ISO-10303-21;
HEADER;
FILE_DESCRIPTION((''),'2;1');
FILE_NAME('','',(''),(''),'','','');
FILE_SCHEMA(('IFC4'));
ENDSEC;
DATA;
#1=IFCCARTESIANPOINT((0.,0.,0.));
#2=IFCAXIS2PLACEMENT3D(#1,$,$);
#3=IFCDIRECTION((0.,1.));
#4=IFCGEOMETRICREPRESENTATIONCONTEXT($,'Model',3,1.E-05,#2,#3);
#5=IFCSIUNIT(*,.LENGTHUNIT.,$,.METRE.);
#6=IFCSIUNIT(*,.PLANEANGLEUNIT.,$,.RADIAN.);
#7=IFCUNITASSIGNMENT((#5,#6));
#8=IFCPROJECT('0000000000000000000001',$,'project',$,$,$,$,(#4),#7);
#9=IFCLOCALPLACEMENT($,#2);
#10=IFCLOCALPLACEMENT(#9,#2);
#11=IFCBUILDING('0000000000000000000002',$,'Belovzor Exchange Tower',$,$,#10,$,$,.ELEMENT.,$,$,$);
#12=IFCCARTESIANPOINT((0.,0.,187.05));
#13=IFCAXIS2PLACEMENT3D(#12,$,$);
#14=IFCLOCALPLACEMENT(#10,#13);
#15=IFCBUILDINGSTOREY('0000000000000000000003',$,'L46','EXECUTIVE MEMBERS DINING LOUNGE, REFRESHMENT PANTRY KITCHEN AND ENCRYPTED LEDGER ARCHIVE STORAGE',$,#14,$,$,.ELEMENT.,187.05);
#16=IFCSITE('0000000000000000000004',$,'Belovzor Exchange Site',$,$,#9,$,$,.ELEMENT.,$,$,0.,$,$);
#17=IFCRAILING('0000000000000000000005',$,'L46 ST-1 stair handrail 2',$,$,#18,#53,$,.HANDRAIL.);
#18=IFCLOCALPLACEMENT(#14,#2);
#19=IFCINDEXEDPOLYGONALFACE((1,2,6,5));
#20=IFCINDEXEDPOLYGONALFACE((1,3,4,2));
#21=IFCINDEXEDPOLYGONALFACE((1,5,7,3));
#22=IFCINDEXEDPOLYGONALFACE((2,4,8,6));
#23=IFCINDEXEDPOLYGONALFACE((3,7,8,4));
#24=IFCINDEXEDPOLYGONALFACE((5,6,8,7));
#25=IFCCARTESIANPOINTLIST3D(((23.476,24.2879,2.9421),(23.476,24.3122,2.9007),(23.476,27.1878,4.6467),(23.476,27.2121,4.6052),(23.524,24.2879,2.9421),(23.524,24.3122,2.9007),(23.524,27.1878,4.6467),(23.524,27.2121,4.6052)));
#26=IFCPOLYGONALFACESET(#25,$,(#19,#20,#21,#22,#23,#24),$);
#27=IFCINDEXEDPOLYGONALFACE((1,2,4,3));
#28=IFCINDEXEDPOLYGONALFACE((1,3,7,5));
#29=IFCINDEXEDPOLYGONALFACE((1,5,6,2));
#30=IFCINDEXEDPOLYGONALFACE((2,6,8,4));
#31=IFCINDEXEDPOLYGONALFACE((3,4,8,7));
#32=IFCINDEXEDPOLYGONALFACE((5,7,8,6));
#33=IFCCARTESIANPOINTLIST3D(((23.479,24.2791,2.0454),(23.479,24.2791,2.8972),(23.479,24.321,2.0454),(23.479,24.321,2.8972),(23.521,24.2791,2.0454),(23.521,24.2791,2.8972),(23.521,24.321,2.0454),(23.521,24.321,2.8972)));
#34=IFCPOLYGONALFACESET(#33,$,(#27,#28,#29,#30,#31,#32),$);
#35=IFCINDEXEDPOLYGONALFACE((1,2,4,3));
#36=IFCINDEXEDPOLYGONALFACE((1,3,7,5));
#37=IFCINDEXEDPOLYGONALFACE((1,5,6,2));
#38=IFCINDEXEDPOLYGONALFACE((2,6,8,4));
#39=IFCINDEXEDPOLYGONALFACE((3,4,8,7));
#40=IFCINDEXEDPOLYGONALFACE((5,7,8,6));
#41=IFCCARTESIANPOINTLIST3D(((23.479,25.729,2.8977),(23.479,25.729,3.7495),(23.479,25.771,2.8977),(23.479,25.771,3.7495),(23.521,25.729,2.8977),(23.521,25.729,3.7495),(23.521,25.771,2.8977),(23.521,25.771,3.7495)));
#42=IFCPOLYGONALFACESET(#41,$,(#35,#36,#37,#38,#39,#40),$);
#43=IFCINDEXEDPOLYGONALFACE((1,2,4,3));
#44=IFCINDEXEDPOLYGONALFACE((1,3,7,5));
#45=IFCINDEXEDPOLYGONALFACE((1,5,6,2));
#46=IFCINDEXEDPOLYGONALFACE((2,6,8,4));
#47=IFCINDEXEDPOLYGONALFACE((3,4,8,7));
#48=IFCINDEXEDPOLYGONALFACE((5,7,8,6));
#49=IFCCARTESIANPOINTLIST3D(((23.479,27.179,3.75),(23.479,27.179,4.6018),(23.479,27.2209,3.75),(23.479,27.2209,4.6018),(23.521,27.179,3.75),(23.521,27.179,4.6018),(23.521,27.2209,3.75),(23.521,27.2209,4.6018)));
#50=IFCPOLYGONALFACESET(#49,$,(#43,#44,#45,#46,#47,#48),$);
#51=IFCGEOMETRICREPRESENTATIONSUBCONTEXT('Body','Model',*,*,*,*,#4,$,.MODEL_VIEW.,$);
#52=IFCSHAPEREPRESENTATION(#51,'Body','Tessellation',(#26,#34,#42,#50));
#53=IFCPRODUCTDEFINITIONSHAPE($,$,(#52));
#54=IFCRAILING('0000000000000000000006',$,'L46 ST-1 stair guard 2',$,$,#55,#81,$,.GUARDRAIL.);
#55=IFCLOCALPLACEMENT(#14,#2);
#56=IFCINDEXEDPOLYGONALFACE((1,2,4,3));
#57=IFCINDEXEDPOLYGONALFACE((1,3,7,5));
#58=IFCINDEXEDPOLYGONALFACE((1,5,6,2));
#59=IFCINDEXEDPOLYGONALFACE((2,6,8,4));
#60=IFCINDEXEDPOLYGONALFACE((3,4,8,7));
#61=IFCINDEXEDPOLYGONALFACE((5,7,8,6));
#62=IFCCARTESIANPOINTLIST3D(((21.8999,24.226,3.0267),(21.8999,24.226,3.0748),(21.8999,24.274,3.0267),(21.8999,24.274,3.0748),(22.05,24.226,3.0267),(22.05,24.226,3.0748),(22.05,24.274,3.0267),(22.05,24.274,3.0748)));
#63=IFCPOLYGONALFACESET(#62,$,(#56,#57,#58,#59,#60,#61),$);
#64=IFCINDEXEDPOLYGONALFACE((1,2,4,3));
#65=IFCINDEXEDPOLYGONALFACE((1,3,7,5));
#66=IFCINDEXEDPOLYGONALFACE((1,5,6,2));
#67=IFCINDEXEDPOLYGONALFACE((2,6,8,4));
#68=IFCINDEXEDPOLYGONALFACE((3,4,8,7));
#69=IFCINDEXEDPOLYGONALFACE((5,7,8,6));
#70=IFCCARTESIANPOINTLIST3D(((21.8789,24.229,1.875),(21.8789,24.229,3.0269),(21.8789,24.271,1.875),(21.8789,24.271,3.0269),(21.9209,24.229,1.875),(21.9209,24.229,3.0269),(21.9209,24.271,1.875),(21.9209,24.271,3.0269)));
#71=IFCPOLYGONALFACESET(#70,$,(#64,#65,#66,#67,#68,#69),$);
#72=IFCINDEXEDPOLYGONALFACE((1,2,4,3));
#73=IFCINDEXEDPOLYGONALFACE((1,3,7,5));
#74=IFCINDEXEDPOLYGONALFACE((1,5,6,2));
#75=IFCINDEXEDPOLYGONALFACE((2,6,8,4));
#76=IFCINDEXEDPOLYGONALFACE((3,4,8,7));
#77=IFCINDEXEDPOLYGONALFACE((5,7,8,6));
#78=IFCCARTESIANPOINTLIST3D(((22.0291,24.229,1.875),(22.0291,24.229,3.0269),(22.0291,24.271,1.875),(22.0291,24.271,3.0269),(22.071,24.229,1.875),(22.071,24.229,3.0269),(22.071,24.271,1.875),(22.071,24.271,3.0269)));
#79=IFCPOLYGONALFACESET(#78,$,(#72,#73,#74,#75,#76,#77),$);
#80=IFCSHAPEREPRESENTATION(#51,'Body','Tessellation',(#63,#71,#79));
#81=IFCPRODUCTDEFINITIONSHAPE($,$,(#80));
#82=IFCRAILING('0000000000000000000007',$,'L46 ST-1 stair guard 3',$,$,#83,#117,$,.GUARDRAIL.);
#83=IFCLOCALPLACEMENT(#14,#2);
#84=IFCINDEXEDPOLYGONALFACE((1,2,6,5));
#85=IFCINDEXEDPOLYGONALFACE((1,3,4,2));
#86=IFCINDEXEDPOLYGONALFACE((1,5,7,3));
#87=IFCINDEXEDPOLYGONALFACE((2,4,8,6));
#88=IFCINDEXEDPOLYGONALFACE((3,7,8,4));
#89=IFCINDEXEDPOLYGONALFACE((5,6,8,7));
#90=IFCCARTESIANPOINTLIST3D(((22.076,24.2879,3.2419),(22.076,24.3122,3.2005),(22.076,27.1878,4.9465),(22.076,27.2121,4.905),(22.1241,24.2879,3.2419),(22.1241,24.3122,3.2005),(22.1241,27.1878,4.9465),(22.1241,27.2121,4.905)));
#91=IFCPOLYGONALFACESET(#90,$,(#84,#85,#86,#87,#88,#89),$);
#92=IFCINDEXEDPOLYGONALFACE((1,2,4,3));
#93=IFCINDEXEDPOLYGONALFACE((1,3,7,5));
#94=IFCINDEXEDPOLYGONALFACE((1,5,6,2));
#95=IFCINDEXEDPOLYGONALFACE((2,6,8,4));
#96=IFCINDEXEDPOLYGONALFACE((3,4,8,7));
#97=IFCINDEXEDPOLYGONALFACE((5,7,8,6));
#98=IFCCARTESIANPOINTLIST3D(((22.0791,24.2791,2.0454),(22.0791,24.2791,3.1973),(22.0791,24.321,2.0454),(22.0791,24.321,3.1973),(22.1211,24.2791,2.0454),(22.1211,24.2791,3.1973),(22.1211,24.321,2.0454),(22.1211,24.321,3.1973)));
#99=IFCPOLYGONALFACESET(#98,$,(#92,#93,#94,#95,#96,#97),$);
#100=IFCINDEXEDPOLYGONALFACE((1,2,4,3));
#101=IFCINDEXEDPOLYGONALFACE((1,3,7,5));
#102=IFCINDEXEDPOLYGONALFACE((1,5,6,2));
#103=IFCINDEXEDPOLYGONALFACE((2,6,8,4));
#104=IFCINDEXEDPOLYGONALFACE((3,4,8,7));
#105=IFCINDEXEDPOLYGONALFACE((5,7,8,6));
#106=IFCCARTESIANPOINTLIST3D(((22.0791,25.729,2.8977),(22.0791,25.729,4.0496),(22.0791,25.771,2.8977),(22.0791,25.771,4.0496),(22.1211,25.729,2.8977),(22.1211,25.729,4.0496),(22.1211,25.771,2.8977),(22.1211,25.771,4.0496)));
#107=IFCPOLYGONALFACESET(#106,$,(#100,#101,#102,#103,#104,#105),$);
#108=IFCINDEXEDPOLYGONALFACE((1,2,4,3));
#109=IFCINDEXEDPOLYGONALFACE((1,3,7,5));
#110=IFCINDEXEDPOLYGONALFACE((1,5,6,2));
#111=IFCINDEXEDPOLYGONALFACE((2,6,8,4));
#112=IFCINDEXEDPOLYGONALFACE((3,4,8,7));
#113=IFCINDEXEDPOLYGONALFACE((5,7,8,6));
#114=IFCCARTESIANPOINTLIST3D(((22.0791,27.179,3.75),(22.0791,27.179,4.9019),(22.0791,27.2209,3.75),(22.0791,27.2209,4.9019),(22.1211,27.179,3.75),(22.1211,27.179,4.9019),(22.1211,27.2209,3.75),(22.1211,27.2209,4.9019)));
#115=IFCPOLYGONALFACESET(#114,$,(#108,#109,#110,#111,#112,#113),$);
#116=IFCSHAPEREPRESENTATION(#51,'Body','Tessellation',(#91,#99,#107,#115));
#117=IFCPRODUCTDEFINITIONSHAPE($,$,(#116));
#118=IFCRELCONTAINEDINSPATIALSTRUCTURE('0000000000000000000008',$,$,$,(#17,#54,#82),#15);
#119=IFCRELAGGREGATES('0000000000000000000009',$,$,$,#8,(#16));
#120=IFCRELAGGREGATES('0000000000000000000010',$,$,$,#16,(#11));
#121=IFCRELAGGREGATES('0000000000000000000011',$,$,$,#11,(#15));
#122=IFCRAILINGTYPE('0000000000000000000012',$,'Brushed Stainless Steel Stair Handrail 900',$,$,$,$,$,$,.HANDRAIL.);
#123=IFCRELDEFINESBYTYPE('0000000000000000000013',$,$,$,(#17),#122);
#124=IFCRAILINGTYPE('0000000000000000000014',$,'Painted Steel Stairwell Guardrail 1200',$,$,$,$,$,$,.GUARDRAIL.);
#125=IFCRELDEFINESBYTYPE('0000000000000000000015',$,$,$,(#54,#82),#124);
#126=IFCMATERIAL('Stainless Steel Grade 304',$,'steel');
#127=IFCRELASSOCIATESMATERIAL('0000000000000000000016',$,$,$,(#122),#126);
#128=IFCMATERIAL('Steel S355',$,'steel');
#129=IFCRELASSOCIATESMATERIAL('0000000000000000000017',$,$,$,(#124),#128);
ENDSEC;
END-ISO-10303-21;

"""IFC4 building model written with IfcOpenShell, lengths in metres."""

from ifc_helpers import new_model, si_unit, direction, frame, origin, origin_2d, place, context, subcontext, project, spatial, rectangle, extrude, material, type_object, element, save


model = new_model("IFC4")

# Units and contexts
model_context = context("Model", 3, precision=1e-05, world=origin(), true_north=direction((0.0, 1.0)))
body_context = subcontext(model_context, "Body", "Model", "MODEL_VIEW")
ifc_project = project(units=[si_unit("LENGTHUNIT", "METRE"), si_unit("PLANEANGLEUNIT", "RADIAN")], contexts=[model_context])

# Site, building, storey
site_placement = place(None, origin())
site = spatial("IfcSite", under=ifc_project, at=site_placement, Name="Belovzor Exchange Site", CompositionType="ELEMENT", RefElevation=0.0)
building_placement = place(site_placement, origin())
building = spatial("IfcBuilding", under=site, at=building_placement, Name="Belovzor Exchange Tower", CompositionType="ELEMENT")
storey_placement = place(building_placement, frame((0.0, 0.0, 187.05)))
storey = spatial("IfcBuildingStorey", under=building, at=storey_placement, Name="L46", Description="EXECUTIVE MEMBERS DINING LOUNGE, REFRESHMENT PANTRY KITCHEN AND ENCRYPTED LEDGER ARCHIVE STORAGE", CompositionType="ELEMENT", Elevation=187.05)

# Railings
ifc_material_1 = material(Name="Stainless Steel Grade 304", Category="steel")
railing_type_1 = type_object("IfcRailingType", Name="Brushed Stainless Steel Stair Handrail 900", PredefinedType="HANDRAIL", material=ifc_material_1)
railing_1_placement = place(storey_placement, frame((23.5, 24.3, 2.0454)))
element("IfcRailing", 1, at=railing_1_placement, inside=storey, type_object=railing_type_1, Name="L46 ST-1 stair handrail 2", PredefinedType="HANDRAIL", context=body_context, shape_type="SweptSolid", body=[
    extrude(rectangle(XDim=0.0481, YDim=0.0481, at=origin_2d()), frame((0.0, 0.0, 0.876), z_axis=(0.0, 0.862095, 0.506747), x_axis=(-1.0, 0.0, 0.0)), (0.0, 0.0, 1.0), 3.3638),
    extrude(rectangle(XDim=0.042, YDim=0.042, at=origin_2d()), origin(), (0.0, 0.0, 1.0), 0.8518),
    extrude(rectangle(XDim=0.042, YDim=0.042, at=origin_2d()), frame((0.0, 1.45, 0.8523)), (0.0, 0.0, 1.0), 0.8518),
    extrude(rectangle(XDim=0.042, YDim=0.042, at=origin_2d()), frame((0.0, 2.8999, 1.7046)), (0.0, 0.0, 1.0), 0.8518),
])
ifc_material_2 = material(Name="Steel S355", Category="steel")
railing_type_2 = type_object("IfcRailingType", Name="Painted Steel Stairwell Guardrail 1200", PredefinedType="GUARDRAIL", material=ifc_material_2)
railing_2_placement = place(storey_placement, frame((21.8999, 24.25, 1.875)))
element("IfcRailing", 2, at=railing_2_placement, inside=storey, type_object=railing_type_2, Name="L46 ST-1 stair guard 2", PredefinedType="GUARDRAIL", context=body_context, shape_type="SweptSolid", body=[
    extrude(rectangle(XDim=0.0481, YDim=0.0481, at=origin_2d()), frame((0.0, 0.0, 1.1758), z_axis=(1.0, 0.0, 0.0), x_axis=(0.0, 1.0, 0.0)), (0.0, 0.0, 1.0), 0.1501),
    extrude(rectangle(XDim=0.042, YDim=0.042, at=origin_2d()), origin(), (0.0, 0.0, 1.0), 1.1519),
    extrude(rectangle(XDim=0.042, YDim=0.042, at=origin_2d()), frame((0.1501, 0.0, 0.0)), (0.0, 0.0, 1.0), 1.1519),
])
railing_3_placement = place(storey_placement, frame((22.1001, 24.3, 2.0454)))
element("IfcRailing", 3, at=railing_3_placement, inside=storey, type_object=railing_type_2, Name="L46 ST-1 stair guard 3", PredefinedType="GUARDRAIL", context=body_context, shape_type="SweptSolid", body=[
    extrude(rectangle(XDim=0.0481, YDim=0.0481, at=origin_2d()), frame((0.0, 0.0, 1.1758), z_axis=(0.0, 0.862095, 0.506747), x_axis=(-1.0, 0.0, 0.0)), (0.0, 0.0, 1.0), 3.3638),
    extrude(rectangle(XDim=0.042, YDim=0.042, at=origin_2d()), origin(), (0.0, 0.0, 1.0), 1.1519),
    extrude(rectangle(XDim=0.042, YDim=0.042, at=origin_2d()), frame((0.0, 1.45, 0.8523)), (0.0, 0.0, 1.0), 1.1519),
    extrude(rectangle(XDim=0.042, YDim=0.042, at=origin_2d()), frame((0.0, 2.8999, 1.7046)), (0.0, 0.0, 1.0), 1.1519),
])

save(model, "model.ifc")
